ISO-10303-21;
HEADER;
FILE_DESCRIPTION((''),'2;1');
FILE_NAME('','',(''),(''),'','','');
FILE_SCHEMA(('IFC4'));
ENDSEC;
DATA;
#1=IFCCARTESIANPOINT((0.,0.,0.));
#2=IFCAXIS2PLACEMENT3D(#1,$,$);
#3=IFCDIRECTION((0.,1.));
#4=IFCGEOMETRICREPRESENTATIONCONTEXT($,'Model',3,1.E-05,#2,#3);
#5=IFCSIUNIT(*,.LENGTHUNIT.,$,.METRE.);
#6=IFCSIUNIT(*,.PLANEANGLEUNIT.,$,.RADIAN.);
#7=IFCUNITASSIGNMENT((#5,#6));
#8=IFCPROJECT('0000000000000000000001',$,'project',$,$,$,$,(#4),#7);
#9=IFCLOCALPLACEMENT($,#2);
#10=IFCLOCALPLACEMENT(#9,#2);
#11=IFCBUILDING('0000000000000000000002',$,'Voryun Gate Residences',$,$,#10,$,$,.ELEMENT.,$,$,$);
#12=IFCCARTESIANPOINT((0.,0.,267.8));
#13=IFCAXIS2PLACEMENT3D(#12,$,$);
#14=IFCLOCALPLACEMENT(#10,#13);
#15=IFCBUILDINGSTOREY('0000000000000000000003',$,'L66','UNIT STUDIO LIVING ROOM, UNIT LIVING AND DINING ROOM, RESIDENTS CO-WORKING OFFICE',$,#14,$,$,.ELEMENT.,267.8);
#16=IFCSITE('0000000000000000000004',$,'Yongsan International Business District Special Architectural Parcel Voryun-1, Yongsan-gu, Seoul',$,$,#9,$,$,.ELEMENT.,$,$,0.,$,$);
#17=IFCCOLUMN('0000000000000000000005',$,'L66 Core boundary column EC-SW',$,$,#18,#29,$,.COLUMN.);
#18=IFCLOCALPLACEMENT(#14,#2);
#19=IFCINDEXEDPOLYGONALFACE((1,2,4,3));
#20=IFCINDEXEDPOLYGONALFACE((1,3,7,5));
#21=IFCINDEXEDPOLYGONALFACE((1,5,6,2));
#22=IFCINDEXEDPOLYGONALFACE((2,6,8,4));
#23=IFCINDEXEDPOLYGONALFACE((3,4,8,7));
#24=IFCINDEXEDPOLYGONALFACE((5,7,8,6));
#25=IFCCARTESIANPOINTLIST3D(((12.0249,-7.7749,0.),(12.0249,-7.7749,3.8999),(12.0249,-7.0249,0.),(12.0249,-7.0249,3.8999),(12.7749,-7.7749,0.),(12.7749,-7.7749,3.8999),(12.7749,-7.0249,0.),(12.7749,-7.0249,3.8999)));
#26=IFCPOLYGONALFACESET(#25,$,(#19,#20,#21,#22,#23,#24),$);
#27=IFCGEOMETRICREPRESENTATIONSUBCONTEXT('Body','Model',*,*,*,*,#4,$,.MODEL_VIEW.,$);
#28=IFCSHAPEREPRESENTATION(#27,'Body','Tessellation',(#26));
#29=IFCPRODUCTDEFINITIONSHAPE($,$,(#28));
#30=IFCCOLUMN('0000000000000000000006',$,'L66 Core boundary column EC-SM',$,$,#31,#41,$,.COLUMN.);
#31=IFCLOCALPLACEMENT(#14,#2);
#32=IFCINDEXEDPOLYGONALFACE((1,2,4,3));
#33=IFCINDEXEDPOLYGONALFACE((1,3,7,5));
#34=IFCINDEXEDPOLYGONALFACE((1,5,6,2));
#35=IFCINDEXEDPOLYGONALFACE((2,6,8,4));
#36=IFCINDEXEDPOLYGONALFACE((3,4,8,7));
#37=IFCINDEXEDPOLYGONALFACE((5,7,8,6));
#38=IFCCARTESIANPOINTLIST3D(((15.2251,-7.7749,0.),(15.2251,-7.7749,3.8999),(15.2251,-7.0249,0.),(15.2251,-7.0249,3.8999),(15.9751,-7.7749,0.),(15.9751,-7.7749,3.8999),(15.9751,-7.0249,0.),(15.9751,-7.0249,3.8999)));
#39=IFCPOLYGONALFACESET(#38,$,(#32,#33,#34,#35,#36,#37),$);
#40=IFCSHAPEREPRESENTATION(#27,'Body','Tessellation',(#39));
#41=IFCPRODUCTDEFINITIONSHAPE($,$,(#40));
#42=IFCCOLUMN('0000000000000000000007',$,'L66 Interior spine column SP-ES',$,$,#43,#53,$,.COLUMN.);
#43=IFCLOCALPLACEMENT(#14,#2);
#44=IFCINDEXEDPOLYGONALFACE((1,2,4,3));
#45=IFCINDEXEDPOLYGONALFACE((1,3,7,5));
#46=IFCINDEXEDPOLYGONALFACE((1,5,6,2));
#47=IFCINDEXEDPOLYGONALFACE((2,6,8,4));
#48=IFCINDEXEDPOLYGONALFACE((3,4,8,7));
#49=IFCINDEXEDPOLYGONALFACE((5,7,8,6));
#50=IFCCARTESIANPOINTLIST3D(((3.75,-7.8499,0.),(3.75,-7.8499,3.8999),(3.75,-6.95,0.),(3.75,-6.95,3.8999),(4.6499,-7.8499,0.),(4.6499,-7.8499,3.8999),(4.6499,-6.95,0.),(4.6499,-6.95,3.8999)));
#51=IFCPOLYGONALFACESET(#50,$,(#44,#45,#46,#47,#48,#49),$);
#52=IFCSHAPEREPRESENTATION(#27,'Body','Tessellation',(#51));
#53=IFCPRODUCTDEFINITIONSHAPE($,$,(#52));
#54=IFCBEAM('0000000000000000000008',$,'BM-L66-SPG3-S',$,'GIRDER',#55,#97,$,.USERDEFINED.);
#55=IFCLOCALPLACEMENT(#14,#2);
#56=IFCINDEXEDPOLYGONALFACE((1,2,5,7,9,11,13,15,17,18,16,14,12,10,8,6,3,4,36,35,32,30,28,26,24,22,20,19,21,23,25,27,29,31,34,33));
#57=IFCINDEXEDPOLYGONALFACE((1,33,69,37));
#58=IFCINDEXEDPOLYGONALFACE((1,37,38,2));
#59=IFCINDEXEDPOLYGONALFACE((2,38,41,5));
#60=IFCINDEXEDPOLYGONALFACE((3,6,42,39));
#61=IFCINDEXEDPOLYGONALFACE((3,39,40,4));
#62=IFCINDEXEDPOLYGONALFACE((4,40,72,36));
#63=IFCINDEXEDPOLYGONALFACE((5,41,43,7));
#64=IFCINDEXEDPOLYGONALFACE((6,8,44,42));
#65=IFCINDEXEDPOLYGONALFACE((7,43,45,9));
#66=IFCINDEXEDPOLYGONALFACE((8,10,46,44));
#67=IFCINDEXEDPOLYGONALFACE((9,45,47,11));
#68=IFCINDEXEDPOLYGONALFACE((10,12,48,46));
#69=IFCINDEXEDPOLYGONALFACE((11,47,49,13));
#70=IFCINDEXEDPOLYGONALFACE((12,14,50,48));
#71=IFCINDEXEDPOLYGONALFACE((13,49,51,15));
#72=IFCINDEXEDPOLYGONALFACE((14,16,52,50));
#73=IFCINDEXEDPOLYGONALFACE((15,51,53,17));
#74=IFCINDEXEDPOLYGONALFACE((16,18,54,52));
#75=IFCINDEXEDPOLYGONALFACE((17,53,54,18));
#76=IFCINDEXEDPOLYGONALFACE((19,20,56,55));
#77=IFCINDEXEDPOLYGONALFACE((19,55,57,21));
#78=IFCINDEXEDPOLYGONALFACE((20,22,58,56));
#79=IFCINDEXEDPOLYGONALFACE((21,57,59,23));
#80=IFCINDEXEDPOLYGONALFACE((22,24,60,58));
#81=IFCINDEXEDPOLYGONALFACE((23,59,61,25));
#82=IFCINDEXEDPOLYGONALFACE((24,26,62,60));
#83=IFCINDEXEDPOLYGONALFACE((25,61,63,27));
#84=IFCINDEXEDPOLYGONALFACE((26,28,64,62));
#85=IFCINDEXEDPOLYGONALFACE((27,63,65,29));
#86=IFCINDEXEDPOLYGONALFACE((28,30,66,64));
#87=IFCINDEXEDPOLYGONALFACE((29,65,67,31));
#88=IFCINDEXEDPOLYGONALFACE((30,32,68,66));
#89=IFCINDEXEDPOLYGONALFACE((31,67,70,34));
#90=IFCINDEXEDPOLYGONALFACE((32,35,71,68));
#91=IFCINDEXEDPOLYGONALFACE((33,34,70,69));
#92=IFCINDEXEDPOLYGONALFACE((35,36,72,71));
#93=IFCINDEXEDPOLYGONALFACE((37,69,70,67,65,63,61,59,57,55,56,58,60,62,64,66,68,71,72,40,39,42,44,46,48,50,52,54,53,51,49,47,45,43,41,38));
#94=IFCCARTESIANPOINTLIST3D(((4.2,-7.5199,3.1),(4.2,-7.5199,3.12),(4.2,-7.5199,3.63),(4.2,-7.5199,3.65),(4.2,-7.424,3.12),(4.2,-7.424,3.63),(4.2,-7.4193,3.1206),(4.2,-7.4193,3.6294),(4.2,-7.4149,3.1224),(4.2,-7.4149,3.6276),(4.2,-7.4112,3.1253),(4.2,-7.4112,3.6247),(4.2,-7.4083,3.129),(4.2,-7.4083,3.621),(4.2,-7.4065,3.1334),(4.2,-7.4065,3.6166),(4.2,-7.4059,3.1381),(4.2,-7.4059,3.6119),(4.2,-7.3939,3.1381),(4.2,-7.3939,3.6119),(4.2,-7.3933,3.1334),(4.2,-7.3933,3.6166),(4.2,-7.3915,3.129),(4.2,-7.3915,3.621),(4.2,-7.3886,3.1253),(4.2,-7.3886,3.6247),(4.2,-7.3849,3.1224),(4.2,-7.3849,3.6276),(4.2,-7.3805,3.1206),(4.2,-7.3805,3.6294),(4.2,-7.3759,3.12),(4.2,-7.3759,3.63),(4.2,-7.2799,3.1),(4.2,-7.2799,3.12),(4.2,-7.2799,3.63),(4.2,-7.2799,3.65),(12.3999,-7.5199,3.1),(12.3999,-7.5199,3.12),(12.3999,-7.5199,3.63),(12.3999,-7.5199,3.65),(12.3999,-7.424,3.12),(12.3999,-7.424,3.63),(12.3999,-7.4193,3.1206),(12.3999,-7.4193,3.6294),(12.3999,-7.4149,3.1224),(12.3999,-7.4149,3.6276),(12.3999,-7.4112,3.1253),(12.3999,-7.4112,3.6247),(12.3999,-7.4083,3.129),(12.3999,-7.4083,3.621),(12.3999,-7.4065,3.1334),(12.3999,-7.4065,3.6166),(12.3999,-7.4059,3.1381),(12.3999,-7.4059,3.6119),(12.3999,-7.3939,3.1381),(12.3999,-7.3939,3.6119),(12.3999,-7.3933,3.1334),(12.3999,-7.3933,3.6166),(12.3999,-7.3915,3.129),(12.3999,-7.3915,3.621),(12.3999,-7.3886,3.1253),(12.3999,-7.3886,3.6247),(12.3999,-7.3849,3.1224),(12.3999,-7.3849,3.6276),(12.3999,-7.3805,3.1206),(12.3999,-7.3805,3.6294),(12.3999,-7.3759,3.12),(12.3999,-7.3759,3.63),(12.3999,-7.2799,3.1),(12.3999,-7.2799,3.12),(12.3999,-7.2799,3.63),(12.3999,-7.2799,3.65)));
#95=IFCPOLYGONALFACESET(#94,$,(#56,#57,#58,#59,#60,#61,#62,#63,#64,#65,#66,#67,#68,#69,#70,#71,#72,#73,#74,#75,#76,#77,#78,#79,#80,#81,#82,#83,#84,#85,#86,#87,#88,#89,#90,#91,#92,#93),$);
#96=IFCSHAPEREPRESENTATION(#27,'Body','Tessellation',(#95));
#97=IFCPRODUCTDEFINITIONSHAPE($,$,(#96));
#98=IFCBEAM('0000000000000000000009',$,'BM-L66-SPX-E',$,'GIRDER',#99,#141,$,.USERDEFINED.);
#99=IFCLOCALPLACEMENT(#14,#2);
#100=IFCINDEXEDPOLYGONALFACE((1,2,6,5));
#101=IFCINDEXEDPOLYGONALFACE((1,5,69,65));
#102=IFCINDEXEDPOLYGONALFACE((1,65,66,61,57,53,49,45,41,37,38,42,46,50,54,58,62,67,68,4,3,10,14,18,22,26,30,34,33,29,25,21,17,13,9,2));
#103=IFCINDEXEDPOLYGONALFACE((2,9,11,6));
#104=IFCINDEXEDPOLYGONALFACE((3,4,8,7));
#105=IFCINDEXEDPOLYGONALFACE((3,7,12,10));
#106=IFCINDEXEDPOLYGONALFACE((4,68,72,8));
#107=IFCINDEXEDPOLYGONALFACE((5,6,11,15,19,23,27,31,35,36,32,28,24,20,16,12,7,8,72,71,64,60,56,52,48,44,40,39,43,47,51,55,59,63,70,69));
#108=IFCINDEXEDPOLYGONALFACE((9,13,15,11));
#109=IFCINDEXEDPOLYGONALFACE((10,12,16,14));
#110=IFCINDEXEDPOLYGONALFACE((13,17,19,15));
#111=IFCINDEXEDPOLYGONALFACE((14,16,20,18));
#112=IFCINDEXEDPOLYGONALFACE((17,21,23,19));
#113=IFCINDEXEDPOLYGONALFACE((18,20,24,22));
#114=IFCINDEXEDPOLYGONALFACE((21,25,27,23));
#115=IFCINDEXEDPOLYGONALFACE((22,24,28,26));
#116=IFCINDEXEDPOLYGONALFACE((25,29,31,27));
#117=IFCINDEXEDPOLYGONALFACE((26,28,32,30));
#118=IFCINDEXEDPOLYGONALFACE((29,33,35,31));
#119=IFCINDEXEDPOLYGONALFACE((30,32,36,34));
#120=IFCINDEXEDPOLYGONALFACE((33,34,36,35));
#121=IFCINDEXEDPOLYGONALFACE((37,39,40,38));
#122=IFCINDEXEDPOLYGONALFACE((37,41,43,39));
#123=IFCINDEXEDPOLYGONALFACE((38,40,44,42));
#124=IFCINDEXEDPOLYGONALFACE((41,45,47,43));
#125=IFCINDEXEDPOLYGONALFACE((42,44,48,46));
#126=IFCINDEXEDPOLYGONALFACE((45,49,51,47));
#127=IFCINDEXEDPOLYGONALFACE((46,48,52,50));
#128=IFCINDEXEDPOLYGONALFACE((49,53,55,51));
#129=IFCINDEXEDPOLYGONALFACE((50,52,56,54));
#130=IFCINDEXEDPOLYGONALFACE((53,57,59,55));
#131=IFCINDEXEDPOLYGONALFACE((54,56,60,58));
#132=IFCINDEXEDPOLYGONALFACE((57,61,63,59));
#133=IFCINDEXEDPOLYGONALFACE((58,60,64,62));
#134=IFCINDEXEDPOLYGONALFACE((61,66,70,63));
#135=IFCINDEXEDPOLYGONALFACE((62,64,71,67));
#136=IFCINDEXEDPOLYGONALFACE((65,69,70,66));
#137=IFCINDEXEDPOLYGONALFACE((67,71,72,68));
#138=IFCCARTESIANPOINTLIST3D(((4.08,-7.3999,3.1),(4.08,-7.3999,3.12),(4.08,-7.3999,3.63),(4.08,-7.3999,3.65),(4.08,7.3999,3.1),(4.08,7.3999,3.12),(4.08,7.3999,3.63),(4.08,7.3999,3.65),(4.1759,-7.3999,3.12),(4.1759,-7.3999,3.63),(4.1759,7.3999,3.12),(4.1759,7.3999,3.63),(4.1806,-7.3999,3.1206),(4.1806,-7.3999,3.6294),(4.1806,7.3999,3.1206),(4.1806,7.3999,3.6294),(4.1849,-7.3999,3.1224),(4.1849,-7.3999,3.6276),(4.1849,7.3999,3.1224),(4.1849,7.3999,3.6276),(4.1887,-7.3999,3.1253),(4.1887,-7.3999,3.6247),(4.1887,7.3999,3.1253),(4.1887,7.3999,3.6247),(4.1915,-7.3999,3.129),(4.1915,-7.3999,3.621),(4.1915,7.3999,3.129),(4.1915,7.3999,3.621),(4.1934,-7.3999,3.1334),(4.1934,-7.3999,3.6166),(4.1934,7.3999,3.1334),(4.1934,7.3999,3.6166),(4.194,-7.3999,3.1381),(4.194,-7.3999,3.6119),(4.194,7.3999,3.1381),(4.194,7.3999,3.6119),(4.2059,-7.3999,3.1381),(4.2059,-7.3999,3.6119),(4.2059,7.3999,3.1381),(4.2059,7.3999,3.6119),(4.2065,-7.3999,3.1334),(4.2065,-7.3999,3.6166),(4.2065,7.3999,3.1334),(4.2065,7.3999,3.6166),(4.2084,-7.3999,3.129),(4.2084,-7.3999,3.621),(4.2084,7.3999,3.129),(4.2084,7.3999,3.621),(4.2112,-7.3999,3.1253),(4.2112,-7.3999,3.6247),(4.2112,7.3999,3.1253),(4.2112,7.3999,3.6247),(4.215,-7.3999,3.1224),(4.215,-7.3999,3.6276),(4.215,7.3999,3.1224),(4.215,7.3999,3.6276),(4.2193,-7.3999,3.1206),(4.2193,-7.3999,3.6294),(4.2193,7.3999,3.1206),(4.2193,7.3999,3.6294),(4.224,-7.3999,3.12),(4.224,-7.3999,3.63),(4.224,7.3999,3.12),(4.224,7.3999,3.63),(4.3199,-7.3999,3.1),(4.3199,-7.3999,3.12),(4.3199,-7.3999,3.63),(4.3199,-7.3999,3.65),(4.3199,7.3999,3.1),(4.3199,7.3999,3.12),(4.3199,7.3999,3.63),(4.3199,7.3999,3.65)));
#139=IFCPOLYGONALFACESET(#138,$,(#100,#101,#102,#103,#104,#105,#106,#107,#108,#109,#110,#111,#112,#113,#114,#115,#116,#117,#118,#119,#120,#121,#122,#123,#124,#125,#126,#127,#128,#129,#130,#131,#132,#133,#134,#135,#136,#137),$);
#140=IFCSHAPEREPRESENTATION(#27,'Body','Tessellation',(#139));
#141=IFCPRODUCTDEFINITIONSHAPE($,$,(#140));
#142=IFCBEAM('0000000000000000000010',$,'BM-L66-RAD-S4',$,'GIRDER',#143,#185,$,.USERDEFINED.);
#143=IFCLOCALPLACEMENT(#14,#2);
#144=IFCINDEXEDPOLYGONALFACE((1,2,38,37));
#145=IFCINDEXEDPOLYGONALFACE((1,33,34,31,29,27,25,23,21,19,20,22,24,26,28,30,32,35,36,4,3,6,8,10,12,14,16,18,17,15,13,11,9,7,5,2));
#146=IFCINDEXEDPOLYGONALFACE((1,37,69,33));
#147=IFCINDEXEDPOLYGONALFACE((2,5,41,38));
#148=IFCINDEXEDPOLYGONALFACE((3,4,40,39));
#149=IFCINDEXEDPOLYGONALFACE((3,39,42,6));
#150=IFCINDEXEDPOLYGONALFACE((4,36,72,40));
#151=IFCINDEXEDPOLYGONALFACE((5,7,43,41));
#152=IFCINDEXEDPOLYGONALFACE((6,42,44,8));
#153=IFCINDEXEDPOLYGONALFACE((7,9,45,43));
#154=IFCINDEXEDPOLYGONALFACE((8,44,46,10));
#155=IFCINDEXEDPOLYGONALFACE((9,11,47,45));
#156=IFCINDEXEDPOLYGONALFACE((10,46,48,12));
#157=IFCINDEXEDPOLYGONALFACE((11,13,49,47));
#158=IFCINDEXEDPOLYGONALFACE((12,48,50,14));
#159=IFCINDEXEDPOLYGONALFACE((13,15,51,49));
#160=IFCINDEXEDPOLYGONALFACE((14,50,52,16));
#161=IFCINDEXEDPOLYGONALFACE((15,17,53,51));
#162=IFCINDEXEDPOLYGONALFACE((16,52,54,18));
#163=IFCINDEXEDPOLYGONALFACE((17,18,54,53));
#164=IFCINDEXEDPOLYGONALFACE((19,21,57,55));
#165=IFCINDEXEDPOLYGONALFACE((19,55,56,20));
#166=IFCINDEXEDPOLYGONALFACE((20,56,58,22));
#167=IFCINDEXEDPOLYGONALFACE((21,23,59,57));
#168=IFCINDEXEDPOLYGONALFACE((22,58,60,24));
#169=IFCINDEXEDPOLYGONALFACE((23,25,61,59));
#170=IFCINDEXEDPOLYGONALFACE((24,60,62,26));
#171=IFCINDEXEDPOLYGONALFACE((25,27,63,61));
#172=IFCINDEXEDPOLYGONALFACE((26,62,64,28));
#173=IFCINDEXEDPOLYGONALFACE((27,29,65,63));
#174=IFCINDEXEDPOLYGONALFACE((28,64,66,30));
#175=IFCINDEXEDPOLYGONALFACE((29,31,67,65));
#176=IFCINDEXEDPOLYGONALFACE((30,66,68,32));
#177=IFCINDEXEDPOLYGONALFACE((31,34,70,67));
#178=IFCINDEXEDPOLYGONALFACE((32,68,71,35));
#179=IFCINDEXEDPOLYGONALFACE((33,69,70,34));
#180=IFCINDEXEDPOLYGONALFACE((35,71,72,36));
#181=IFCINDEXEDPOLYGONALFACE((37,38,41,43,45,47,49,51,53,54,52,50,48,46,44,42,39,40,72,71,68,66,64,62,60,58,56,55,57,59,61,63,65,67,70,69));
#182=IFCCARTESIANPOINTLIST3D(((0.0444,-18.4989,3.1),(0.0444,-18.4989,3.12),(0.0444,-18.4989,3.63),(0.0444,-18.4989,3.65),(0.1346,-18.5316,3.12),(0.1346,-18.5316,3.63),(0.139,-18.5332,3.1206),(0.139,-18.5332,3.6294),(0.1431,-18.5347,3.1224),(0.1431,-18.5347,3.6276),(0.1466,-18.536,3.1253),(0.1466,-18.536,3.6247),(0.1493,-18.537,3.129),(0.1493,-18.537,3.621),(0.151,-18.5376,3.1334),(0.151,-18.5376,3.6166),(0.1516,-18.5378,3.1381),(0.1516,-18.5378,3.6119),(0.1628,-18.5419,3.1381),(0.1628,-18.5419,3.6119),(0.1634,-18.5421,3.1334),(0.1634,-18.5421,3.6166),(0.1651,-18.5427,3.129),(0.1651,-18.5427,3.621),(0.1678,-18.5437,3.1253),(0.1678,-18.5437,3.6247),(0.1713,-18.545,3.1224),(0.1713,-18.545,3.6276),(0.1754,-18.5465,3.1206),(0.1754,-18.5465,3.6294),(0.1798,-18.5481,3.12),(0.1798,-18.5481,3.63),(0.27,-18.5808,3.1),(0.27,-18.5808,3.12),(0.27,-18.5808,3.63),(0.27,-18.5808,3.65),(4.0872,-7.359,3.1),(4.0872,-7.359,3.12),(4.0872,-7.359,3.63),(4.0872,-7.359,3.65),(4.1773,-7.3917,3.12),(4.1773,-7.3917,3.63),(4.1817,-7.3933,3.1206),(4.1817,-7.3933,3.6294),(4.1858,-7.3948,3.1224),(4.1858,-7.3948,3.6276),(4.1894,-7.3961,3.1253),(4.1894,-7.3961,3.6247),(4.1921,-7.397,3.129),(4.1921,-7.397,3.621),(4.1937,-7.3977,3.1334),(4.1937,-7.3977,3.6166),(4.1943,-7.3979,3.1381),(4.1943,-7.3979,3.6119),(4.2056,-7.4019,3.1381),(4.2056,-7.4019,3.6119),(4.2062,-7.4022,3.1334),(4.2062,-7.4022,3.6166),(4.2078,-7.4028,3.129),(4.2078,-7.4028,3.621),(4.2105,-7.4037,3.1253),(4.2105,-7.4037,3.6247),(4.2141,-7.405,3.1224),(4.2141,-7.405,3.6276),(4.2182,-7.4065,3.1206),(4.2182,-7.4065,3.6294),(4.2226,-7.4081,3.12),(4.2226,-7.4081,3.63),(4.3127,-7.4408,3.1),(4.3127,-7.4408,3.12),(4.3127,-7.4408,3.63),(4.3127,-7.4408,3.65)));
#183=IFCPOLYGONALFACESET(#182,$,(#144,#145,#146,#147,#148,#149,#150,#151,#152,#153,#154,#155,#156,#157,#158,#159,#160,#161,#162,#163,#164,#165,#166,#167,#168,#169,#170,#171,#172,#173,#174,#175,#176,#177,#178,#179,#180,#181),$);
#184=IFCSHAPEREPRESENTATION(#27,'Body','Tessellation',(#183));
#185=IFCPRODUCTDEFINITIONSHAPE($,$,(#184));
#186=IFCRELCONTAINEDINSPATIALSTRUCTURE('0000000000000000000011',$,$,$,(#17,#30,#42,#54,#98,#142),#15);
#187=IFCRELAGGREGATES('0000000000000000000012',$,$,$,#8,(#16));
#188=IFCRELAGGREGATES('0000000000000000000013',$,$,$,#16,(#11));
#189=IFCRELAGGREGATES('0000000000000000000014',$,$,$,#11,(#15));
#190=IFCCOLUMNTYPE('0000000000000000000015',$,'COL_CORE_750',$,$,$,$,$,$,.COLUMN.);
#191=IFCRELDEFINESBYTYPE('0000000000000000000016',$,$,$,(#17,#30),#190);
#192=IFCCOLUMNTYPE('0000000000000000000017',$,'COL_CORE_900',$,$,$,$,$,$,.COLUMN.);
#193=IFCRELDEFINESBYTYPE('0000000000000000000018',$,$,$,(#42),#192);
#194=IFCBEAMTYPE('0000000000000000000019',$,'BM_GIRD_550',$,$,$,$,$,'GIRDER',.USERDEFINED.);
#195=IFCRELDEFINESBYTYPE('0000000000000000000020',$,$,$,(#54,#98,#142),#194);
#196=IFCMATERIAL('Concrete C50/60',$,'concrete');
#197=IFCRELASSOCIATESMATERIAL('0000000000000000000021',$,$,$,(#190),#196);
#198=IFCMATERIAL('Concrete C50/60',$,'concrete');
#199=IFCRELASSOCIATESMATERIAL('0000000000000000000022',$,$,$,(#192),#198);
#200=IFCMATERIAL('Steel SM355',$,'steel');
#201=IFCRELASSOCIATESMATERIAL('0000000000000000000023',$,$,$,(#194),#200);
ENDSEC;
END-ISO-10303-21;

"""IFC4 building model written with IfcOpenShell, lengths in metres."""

from ifc_helpers import new_model, si_unit, direction, frame, origin, origin_2d, place, context, subcontext, project, spatial, rectangle, i_section, extrude, material, material_profile, profile_set, type_object, element, save


model = new_model("IFC4")

# Units and contexts
model_context = context("Model", 3, precision=1e-05, world=origin(), true_north=direction((0.0, 1.0)))
body_context = subcontext(model_context, "Body", "Model", "MODEL_VIEW")
ifc_project = project(units=[si_unit("LENGTHUNIT", "METRE"), si_unit("PLANEANGLEUNIT", "RADIAN")], contexts=[model_context])

# Site, building, storey
site_placement = place(None, origin())
site = spatial("IfcSite", under=ifc_project, at=site_placement, Name="Yongsan International Business District Special Architectural Parcel Voryun-1, Yongsan-gu, Seoul", CompositionType="ELEMENT", RefElevation=0.0)
building_placement = place(site_placement, origin())
building = spatial("IfcBuilding", under=site, at=building_placement, Name="Voryun Gate Residences", CompositionType="ELEMENT")
storey_placement = place(building_placement, frame((0.0, 0.0, 267.8)))
storey = spatial("IfcBuildingStorey", under=building, at=storey_placement, Name="L66", Description="UNIT STUDIO LIVING ROOM, UNIT LIVING AND DINING ROOM, RESIDENTS CO-WORKING OFFICE", CompositionType="ELEMENT", Elevation=267.8)

# Columns
ifc_material_1 = material(Name="Concrete C50/60", Category="concrete")
ifc_material_profile_1 = material_profile(ifc_material_1, rectangle(XDim=0.75, YDim=0.75, at=origin_2d()), Name="RC-750x750")
ifc_profile_set_1 = profile_set([ifc_material_profile_1], Name="Concrete C50/60")
column_type_1 = type_object("IfcColumnType", Name="COL_CORE_750", PredefinedType="COLUMN", material=ifc_profile_set_1)
for number, where, z_axis, x_axis, name in (
    (1, (12.3999, -7.3999, 0.0), (0.0, 0.0, 1.0), (1.0, 0.0, 0.0), "L66 Core boundary column EC-SW"),
    (2, (15.6001, -7.3999, 0.0), (0.0, 0.0, 1.0), (1.0, 0.0, 0.0), "L66 Core boundary column EC-SM"),
):
    element("IfcColumn", number, at=place(storey_placement, frame(where, z_axis=z_axis, x_axis=x_axis)), inside=storey, type_object=column_type_1, Name=name, PredefinedType="COLUMN", context=body_context, shape_type="SweptSolid", body=[
        extrude(rectangle(XDim=0.75, YDim=0.75, at=origin_2d()), origin(), (0.0, 0.0, 1.0), 3.8999),
    ])
ifc_material_2 = material(Name="Concrete C50/60", Category="concrete")
ifc_material_profile_2 = material_profile(ifc_material_2, rectangle(XDim=0.8999, YDim=0.8999, at=origin_2d()), Name="RC-900x900")
ifc_profile_set_2 = profile_set([ifc_material_profile_2], Name="Concrete C50/60")
column_type_2 = type_object("IfcColumnType", Name="COL_CORE_900", PredefinedType="COLUMN", material=ifc_profile_set_2)
column_placement = place(storey_placement, frame((4.2, -7.3999, 0.0), z_axis=(0.0, 0.0, 1.0), x_axis=(1.0, 0.0, 0.0)))
element("IfcColumn", 3, at=column_placement, inside=storey, type_object=column_type_2, Name="L66 Interior spine column SP-ES", PredefinedType="COLUMN", context=body_context, shape_type="SweptSolid", body=[
    extrude(rectangle(XDim=0.8999, YDim=0.8999, at=origin_2d()), origin(), (0.0, 0.0, 1.0), 3.8999),
])

# Beams
ifc_material_3 = material(Name="Steel SM355", Category="steel")
ifc_material_profile_3 = material_profile(ifc_material_3, i_section(OverallWidth=0.24, OverallDepth=0.55, WebThickness=0.012, FlangeThickness=0.02, FilletRadius=0.0181, at=origin_2d()), Name="H-550x240x12x20")
ifc_profile_set_3 = profile_set([ifc_material_profile_3], Name="Steel SM355")
beam_type_1 = type_object("IfcBeamType", Name="BM_GIRD_550", ElementType="GIRDER", PredefinedType="USERDEFINED", material=ifc_profile_set_3)
beam_1_placement = place(storey_placement, frame((4.2, -7.3999, 3.375), z_axis=(1.0, 0.0, 0.0), x_axis=(0.0, 1.0, 0.0)))
element("IfcBeam", 4, at=beam_1_placement, inside=storey, type_object=beam_type_1, Name="BM-L66-SPG3-S", ObjectType="GIRDER", PredefinedType="USERDEFINED", context=body_context, shape_type="SweptSolid", body=[
    extrude(i_section(OverallWidth=0.24, OverallDepth=0.55, WebThickness=0.012, FlangeThickness=0.02, FilletRadius=0.0181, at=origin_2d()), origin(), (0.0, 0.0, 1.0), 8.2),
])
beam_2_placement = place(storey_placement, frame((4.2, -7.3999, 3.375), z_axis=(0.0, 1.0, 0.0), x_axis=(-1.0, 0.0, 0.0)))
element("IfcBeam", 5, at=beam_2_placement, inside=storey, type_object=beam_type_1, Name="BM-L66-SPX-E", ObjectType="GIRDER", PredefinedType="USERDEFINED", context=body_context, shape_type="SweptSolid", body=[
    extrude(i_section(OverallWidth=0.24, OverallDepth=0.55, WebThickness=0.012, FlangeThickness=0.02, FilletRadius=0.0181, at=origin_2d()), origin(), (0.0, 0.0, 1.0), 14.7998),
])
beam_3_placement = place(storey_placement, frame((4.2, -7.3999, 3.375), z_axis=(-0.341136, -0.940014, 0.0), x_axis=(0.940014, -0.341136, 0.0)))
element("IfcBeam", 6, at=beam_3_placement, inside=storey, type_object=beam_type_1, Name="BM-L66-RAD-S4", ObjectType="GIRDER", PredefinedType="USERDEFINED", context=body_context, shape_type="SweptSolid", body=[
    extrude(i_section(OverallWidth=0.24, OverallDepth=0.55, WebThickness=0.012, FlangeThickness=0.02, FilletRadius=0.0181, at=origin_2d()), origin(), (0.0, 0.0, 1.0), 11.8508),
])

save(model, "model.ifc")
